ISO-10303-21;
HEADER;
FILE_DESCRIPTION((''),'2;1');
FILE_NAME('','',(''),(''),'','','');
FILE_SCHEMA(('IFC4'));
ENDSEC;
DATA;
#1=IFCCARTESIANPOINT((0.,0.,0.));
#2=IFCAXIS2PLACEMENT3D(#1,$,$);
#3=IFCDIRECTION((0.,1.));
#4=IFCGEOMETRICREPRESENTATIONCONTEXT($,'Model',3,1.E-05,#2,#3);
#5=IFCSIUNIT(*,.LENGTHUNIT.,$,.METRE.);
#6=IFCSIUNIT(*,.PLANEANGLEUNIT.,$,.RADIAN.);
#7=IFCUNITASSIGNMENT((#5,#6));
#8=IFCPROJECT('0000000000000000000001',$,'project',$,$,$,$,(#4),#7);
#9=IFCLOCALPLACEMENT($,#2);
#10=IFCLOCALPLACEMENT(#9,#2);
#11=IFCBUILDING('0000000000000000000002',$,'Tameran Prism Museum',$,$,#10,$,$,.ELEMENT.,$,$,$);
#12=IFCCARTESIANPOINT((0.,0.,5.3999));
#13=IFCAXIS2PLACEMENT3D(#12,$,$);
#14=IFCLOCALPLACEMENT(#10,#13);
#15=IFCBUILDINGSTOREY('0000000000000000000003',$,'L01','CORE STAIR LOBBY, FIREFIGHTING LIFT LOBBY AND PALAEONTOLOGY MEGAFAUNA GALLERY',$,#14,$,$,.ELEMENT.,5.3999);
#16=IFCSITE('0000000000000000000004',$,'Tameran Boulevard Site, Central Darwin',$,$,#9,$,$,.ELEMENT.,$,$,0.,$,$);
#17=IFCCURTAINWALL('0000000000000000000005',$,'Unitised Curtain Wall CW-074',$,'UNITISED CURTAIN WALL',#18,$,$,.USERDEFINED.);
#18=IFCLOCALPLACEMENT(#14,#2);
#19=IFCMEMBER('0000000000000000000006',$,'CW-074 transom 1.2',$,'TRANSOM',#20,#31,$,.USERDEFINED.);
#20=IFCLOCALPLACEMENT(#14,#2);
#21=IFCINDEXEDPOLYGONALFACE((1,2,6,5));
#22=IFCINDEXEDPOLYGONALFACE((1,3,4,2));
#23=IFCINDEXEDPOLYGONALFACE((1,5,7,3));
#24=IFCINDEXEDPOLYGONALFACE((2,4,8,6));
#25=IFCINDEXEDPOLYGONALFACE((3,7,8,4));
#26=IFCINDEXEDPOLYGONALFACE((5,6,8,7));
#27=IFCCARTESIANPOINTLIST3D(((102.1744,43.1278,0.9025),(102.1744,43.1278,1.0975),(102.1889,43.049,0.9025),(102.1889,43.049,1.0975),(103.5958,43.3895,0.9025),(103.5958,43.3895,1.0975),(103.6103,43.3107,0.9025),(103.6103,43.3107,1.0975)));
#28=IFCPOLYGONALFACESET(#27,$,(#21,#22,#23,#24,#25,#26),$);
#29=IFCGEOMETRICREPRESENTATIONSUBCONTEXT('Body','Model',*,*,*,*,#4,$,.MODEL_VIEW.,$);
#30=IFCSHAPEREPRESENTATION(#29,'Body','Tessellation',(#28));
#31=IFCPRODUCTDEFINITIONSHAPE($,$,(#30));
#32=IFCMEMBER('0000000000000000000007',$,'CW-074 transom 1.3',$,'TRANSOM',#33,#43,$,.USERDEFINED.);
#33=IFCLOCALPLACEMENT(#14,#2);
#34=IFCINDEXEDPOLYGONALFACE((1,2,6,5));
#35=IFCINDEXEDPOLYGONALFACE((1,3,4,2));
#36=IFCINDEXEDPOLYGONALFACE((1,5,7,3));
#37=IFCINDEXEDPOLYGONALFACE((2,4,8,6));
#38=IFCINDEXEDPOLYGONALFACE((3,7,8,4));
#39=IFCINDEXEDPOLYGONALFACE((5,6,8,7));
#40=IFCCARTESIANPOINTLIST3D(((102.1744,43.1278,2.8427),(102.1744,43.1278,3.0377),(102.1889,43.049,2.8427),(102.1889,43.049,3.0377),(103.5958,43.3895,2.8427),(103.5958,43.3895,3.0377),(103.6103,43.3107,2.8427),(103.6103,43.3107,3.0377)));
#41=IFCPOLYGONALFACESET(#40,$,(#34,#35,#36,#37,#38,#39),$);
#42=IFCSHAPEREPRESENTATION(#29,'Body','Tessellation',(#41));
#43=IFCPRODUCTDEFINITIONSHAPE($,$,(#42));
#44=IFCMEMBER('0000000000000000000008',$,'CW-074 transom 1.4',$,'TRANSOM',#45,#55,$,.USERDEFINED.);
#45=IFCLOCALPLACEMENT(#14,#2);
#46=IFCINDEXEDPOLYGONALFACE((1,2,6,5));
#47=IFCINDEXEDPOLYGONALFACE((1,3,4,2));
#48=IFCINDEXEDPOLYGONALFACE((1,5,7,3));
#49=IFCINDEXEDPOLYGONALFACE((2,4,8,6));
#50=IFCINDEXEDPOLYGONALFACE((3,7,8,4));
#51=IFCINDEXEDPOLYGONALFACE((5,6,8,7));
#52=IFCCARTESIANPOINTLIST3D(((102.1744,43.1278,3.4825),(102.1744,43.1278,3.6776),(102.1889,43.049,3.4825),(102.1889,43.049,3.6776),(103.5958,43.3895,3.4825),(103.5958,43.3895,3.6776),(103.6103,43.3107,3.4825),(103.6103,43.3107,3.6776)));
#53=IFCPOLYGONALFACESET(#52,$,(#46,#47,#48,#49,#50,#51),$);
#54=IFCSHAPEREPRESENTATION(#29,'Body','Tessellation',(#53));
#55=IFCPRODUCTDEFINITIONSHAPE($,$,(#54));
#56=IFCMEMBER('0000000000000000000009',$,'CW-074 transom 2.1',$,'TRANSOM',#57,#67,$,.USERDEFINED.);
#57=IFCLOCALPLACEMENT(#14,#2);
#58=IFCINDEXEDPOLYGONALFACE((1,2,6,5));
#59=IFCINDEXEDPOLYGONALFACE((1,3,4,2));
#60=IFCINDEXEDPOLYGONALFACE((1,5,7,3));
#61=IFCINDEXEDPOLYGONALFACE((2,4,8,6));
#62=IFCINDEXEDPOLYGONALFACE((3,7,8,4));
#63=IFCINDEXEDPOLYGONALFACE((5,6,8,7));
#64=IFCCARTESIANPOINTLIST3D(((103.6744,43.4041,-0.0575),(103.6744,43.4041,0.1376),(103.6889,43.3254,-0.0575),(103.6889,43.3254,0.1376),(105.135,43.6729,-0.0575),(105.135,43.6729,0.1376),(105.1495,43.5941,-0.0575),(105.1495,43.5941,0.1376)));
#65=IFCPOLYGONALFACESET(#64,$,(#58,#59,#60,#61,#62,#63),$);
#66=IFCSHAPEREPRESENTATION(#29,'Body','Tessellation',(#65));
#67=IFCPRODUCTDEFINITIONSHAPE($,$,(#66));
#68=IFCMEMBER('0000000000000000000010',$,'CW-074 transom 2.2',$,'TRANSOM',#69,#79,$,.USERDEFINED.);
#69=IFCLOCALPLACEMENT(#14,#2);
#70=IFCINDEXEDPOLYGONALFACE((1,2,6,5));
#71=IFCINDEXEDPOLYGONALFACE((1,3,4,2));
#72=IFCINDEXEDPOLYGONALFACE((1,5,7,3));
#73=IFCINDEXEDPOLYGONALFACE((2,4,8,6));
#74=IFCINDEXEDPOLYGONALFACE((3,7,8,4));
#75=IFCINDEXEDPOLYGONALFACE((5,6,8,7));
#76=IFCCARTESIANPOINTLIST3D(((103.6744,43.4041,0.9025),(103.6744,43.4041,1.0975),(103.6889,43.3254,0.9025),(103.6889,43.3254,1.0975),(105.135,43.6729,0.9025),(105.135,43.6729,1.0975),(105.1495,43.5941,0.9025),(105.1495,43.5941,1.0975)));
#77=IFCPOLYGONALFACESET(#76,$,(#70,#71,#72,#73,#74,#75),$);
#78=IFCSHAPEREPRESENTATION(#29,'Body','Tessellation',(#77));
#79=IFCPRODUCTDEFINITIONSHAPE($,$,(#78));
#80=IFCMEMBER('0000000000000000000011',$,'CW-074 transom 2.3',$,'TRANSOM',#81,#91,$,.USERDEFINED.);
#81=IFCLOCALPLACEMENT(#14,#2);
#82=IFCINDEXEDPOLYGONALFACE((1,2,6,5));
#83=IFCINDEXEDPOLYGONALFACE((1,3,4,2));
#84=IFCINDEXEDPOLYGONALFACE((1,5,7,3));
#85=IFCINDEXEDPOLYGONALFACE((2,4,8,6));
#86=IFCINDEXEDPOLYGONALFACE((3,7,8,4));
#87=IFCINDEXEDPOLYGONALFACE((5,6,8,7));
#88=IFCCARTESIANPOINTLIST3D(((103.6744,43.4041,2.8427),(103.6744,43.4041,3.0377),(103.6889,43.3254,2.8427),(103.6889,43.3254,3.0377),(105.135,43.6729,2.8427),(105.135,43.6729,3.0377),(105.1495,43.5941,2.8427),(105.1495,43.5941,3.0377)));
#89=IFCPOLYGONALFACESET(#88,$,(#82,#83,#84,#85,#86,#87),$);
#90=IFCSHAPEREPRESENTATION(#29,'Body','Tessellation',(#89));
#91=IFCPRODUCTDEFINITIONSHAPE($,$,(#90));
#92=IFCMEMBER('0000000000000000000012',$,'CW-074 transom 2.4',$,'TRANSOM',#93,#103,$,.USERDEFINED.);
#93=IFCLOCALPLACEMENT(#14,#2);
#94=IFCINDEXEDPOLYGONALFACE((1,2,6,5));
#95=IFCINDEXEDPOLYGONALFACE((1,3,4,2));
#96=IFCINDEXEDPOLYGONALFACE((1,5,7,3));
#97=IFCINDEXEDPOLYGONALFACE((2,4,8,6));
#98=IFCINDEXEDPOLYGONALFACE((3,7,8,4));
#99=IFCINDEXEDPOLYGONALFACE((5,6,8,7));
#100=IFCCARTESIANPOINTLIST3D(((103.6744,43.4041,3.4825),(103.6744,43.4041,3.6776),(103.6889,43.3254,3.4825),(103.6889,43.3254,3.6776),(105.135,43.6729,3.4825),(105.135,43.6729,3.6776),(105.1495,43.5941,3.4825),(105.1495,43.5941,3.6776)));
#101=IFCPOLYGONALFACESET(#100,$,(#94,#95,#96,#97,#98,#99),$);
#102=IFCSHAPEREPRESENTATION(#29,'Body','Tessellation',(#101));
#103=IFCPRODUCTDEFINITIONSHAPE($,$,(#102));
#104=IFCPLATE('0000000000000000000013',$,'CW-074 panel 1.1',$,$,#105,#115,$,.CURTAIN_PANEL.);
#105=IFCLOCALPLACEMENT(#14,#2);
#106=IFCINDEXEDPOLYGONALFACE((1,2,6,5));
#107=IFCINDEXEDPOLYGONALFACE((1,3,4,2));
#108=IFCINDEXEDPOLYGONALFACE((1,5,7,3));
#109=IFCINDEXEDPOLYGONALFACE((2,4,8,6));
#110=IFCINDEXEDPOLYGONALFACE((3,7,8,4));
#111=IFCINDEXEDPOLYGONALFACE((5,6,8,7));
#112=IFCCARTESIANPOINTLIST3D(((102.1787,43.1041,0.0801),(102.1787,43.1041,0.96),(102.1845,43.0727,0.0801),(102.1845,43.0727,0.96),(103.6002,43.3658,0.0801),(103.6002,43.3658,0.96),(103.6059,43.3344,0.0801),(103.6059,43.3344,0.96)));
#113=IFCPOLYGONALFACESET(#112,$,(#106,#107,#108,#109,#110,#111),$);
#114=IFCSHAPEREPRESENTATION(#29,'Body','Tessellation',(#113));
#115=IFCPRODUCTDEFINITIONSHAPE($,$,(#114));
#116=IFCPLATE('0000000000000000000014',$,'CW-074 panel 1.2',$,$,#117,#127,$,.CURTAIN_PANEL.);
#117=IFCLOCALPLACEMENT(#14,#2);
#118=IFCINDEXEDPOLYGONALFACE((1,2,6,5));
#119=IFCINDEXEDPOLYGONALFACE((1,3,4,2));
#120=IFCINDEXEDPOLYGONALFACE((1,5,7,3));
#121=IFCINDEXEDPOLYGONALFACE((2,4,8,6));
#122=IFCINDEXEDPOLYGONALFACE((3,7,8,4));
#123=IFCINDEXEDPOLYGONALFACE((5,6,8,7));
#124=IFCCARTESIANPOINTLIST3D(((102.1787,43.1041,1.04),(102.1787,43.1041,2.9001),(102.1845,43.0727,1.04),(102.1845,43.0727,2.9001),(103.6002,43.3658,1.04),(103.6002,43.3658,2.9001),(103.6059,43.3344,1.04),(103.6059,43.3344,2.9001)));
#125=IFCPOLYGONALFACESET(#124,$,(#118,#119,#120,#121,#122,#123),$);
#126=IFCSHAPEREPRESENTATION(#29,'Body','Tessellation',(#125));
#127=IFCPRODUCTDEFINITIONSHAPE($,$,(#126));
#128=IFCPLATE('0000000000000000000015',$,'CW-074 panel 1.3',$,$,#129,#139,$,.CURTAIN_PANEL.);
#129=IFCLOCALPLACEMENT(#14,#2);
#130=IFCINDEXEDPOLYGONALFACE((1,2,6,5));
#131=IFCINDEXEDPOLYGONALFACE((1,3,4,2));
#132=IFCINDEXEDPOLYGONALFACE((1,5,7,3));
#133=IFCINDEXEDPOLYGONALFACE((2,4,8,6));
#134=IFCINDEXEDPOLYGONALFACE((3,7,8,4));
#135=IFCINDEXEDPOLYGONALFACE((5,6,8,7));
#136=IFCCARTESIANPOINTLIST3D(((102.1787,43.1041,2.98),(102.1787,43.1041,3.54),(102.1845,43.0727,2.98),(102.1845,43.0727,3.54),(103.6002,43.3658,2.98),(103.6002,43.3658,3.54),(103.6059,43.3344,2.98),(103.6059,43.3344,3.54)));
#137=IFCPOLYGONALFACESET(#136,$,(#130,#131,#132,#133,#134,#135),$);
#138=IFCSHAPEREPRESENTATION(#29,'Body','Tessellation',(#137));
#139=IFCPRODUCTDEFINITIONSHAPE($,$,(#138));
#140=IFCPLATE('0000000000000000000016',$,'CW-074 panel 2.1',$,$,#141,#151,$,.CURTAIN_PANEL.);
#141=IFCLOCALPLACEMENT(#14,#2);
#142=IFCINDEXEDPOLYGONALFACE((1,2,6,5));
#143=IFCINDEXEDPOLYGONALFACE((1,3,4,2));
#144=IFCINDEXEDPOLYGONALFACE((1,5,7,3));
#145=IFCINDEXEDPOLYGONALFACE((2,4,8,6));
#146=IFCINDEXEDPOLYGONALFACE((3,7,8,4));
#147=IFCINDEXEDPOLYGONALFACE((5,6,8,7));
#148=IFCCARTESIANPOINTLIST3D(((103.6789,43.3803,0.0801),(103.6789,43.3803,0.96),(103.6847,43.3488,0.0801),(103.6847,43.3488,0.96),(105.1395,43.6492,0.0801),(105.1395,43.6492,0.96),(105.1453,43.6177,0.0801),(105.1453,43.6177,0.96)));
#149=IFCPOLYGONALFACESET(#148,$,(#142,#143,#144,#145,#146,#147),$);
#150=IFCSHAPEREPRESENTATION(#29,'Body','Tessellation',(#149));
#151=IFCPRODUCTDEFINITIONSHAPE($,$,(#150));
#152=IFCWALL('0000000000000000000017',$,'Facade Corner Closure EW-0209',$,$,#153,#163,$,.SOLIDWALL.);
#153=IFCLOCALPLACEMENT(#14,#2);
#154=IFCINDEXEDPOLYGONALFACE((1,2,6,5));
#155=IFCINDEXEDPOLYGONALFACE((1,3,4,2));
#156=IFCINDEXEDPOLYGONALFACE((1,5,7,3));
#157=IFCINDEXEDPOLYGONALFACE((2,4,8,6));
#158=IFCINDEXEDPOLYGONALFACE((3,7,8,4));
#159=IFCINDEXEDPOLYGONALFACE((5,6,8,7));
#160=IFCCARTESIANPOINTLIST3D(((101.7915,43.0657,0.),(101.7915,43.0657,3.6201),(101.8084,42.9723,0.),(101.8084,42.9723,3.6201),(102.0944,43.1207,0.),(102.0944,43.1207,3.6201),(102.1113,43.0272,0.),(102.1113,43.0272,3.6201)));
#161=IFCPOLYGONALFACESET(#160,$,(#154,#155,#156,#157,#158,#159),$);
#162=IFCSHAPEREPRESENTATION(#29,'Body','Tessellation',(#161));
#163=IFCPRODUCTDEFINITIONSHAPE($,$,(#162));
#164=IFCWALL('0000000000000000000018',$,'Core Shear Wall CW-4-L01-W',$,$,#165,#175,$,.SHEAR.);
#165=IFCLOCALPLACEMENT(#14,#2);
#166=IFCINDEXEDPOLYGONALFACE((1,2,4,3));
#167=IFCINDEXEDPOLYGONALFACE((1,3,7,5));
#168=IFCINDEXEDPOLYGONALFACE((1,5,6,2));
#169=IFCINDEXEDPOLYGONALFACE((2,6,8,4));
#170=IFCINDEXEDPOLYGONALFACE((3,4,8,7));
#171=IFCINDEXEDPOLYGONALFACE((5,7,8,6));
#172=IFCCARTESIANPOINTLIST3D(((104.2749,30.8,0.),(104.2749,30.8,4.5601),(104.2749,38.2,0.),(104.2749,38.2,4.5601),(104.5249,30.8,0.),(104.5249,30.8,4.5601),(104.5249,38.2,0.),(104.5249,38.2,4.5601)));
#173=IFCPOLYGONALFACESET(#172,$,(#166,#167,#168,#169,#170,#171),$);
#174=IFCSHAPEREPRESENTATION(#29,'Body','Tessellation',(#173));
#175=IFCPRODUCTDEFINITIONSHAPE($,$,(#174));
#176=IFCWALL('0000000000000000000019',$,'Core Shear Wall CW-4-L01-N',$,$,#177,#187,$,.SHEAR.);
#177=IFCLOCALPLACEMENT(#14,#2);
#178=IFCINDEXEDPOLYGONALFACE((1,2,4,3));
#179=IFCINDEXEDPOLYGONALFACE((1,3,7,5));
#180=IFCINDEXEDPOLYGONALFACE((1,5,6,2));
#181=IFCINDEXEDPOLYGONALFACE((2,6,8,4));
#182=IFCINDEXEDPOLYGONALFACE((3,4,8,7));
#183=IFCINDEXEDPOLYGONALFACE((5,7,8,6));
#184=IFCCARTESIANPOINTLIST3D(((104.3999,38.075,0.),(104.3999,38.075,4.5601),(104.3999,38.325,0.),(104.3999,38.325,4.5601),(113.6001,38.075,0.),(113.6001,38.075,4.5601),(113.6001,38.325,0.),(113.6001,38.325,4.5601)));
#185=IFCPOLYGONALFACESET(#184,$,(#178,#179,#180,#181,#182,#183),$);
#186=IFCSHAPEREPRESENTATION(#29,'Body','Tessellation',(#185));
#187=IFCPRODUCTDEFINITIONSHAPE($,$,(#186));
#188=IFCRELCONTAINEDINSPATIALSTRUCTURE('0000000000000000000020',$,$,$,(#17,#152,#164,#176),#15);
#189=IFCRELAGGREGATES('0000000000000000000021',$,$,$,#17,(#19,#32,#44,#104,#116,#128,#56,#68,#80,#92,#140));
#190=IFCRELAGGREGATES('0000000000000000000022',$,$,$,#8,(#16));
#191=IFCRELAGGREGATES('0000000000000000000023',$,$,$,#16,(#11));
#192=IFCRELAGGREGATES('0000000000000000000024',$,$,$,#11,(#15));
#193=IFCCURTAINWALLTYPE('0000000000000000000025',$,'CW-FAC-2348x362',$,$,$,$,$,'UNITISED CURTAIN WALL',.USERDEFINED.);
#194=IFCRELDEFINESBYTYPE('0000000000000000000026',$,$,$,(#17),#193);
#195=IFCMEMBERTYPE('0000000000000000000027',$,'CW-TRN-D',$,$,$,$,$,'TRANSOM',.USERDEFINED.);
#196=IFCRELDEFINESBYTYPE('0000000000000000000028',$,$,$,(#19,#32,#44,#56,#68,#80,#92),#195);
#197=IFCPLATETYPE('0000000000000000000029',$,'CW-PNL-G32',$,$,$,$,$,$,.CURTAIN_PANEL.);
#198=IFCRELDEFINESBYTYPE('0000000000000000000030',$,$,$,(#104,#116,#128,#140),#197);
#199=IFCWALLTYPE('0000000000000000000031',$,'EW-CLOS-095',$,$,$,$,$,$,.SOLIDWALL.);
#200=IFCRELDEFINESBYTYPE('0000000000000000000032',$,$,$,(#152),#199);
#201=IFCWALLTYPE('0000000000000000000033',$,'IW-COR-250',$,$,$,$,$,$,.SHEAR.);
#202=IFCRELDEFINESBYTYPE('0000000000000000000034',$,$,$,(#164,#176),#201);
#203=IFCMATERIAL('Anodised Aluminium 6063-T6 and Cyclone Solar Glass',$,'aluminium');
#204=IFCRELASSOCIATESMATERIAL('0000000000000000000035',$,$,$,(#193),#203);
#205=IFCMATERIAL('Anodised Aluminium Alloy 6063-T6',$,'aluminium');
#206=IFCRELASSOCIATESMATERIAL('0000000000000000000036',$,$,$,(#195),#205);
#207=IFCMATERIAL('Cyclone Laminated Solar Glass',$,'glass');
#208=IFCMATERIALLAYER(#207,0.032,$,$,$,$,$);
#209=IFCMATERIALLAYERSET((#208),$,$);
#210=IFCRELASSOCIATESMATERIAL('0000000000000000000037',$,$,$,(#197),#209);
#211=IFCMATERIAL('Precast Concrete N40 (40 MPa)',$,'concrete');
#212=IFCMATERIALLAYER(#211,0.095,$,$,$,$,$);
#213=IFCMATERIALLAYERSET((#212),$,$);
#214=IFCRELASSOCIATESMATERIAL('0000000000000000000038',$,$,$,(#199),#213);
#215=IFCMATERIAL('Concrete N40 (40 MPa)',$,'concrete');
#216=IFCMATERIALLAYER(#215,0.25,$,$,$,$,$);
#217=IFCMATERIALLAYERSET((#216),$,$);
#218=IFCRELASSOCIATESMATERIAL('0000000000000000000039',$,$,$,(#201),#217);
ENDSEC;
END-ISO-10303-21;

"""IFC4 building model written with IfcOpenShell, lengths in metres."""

from ifc_helpers import new_model, si_unit, direction, frame, frame_2d, origin, origin_2d, place, context, subcontext, project, spatial, rectangle, extrude, material, layer, layer_set, material_profile, profile_set, type_object, element, aggregate, save


model = new_model("IFC4")

# Units and contexts
model_context = context("Model", 3, precision=1e-05, world=origin(), true_north=direction((0.0, 1.0)))
body_context = subcontext(model_context, "Body", "Model", "MODEL_VIEW")
ifc_project = project(units=[si_unit("LENGTHUNIT", "METRE"), si_unit("PLANEANGLEUNIT", "RADIAN")], contexts=[model_context])

# Site, building, storey
site_placement = place(None, origin())
site = spatial("IfcSite", under=ifc_project, at=site_placement, Name="Tameran Boulevard Site, Central Darwin", CompositionType="ELEMENT", RefElevation=0.0)
building_placement = place(site_placement, origin())
building = spatial("IfcBuilding", under=site, at=building_placement, Name="Tameran Prism Museum", CompositionType="ELEMENT")
storey_placement = place(building_placement, frame((0.0, 0.0, 5.3999)))
storey = spatial("IfcBuildingStorey", under=building, at=storey_placement, Name="L01", Description="CORE STAIR LOBBY, FIREFIGHTING LIFT LOBBY AND PALAEONTOLOGY MEGAFAUNA GALLERY", CompositionType="ELEMENT", Elevation=5.3999)

# Curtain wall, members, plates
ifc_material_1 = material(Name="Anodised Aluminium 6063-T6 and Cyclone Solar Glass", Category="aluminium")
curtain_wall_type = type_object("IfcCurtainWallType", Name="CW-FAC-2348x362", ElementType="UNITISED CURTAIN WALL", PredefinedType="USERDEFINED", material=ifc_material_1)
curtain_wall_placement = place(storey_placement, origin())
curtain_wall = element("IfcCurtainWall", 1, at=curtain_wall_placement, inside=storey, type_object=curtain_wall_type, Name="Unitised Curtain Wall CW-074", ObjectType="UNITISED CURTAIN WALL", PredefinedType="USERDEFINED")
ifc_material_2 = material(Name="Anodised Aluminium Alloy 6063-T6", Category="aluminium")
ifc_material_profile_1 = material_profile(ifc_material_2, rectangle(XDim=0.0801, YDim=0.1951, at=origin_2d()))
ifc_profile_set_1 = profile_set([ifc_material_profile_1])
member_type_1 = type_object("IfcMemberType", Name="CW-TRN-D", ElementType="TRANSOM", PredefinedType="USERDEFINED", material=ifc_profile_set_1)
member_1_placement = place(storey_placement, frame((102.1816, 43.0884, 1.0), z_axis=(0.983467, 0.181085, 0.0), x_axis=(-0.181085, 0.983467, 0.0)))
member_1 = element("IfcMember", 2, at=member_1_placement, type_object=member_type_1, Name="CW-074 transom 1.2", ObjectType="TRANSOM", PredefinedType="USERDEFINED", context=body_context, shape_type="SweptSolid", body=[
    extrude(rectangle(XDim=0.0801, YDim=0.1951, at=origin_2d()), origin(), (0.0, 0.0, 1.0), 1.4453),
])
member_2_placement = place(storey_placement, frame((102.1816, 43.0884, 2.9402), z_axis=(0.983467, 0.181085, 0.0), x_axis=(-0.181085, 0.983467, 0.0)))
member_2 = element("IfcMember", 3, at=member_2_placement, type_object=member_type_1, Name="CW-074 transom 1.3", ObjectType="TRANSOM", PredefinedType="USERDEFINED", context=body_context, shape_type="SweptSolid", body=[
    extrude(rectangle(XDim=0.0801, YDim=0.1951, at=origin_2d()), origin(), (0.0, 0.0, 1.0), 1.4453),
])
member_3_placement = place(storey_placement, frame((102.1816, 43.0884, 3.5801), z_axis=(0.983467, 0.181085, 0.0), x_axis=(-0.181085, 0.983467, 0.0)))
member_3 = element("IfcMember", 4, at=member_3_placement, type_object=member_type_1, Name="CW-074 transom 1.4", ObjectType="TRANSOM", PredefinedType="USERDEFINED", context=body_context, shape_type="SweptSolid", body=[
    extrude(rectangle(XDim=0.0801, YDim=0.1951, at=origin_2d()), origin(), (0.0, 0.0, 1.0), 1.4453),
])
member_4_placement = place(storey_placement, frame((103.6816, 43.3647, 0.04), z_axis=(0.983486, 0.180983, 0.0), x_axis=(-0.180983, 0.983486, 0.0)))
member_4 = element("IfcMember", 5, at=member_4_placement, type_object=member_type_1, Name="CW-074 transom 2.1", ObjectType="TRANSOM", PredefinedType="USERDEFINED", context=body_context, shape_type="SweptSolid", body=[
    extrude(rectangle(XDim=0.0801, YDim=0.1951, at=origin_2d()), origin(), (0.0, 0.0, 1.0), 1.4851),
])
member_5_placement = place(storey_placement, frame((103.6816, 43.3647, 1.0), z_axis=(0.983486, 0.180983, 0.0), x_axis=(-0.180983, 0.983486, 0.0)))
member_5 = element("IfcMember", 6, at=member_5_placement, type_object=member_type_1, Name="CW-074 transom 2.2", ObjectType="TRANSOM", PredefinedType="USERDEFINED", context=body_context, shape_type="SweptSolid", body=[
    extrude(rectangle(XDim=0.0801, YDim=0.1951, at=origin_2d()), origin(), (0.0, 0.0, 1.0), 1.4851),
])
member_6_placement = place(storey_placement, frame((103.6816, 43.3647, 2.9402), z_axis=(0.983486, 0.180983, 0.0), x_axis=(-0.180983, 0.983486, 0.0)))
member_6 = element("IfcMember", 7, at=member_6_placement, type_object=member_type_1, Name="CW-074 transom 2.3", ObjectType="TRANSOM", PredefinedType="USERDEFINED", context=body_context, shape_type="SweptSolid", body=[
    extrude(rectangle(XDim=0.0801, YDim=0.1951, at=origin_2d()), origin(), (0.0, 0.0, 1.0), 1.4851),
])
member_7_placement = place(storey_placement, frame((103.6816, 43.3647, 3.5801), z_axis=(0.983486, 0.180983, 0.0), x_axis=(-0.180983, 0.983486, 0.0)))
member_7 = element("IfcMember", 8, at=member_7_placement, type_object=member_type_1, Name="CW-074 transom 2.4", ObjectType="TRANSOM", PredefinedType="USERDEFINED", context=body_context, shape_type="SweptSolid", body=[
    extrude(rectangle(XDim=0.0801, YDim=0.1951, at=origin_2d()), origin(), (0.0, 0.0, 1.0), 1.4851),
])
ifc_material_3 = material(Name="Cyclone Laminated Solar Glass", Category="glass")
ifc_layer_1 = layer(ifc_material_3, 0.032)
ifc_layer_set_1 = layer_set([ifc_layer_1])
plate_type = type_object("IfcPlateType", Name="CW-PNL-G32", PredefinedType="CURTAIN_PANEL", material=ifc_layer_set_1)
plate_1_placement = place(storey_placement, frame((102.8923, 43.2192, 0.0801), z_axis=(0.0, 0.0, 1.0), x_axis=(0.983472, 0.181063, 0.0)))
plate_1 = element("IfcPlate", 9, at=plate_1_placement, type_object=plate_type, Name="CW-074 panel 1.1", PredefinedType="CURTAIN_PANEL", context=body_context, shape_type="SweptSolid", body=[
    extrude(rectangle(XDim=1.4453, YDim=0.032, at=origin_2d()), origin(), (0.0, 0.0, 1.0), 0.8799),
])
plate_2_placement = place(storey_placement, frame((102.8923, 43.2192, 1.04), z_axis=(0.0, 0.0, 1.0), x_axis=(0.983472, 0.181063, 0.0)))
plate_2 = element("IfcPlate", 10, at=plate_2_placement, type_object=plate_type, Name="CW-074 panel 1.2", PredefinedType="CURTAIN_PANEL", context=body_context, shape_type="SweptSolid", body=[
    extrude(rectangle(XDim=1.4453, YDim=0.032, at=origin_2d()), origin(), (0.0, 0.0, 1.0), 1.8601),
])
plate_3_placement = place(storey_placement, frame((102.8923, 43.2192, 2.98), z_axis=(0.0, 0.0, 1.0), x_axis=(0.983472, 0.181063, 0.0)))
plate_3 = element("IfcPlate", 11, at=plate_3_placement, type_object=plate_type, Name="CW-074 panel 1.3", PredefinedType="CURTAIN_PANEL", context=body_context, shape_type="SweptSolid", body=[
    extrude(rectangle(XDim=1.4453, YDim=0.032, at=origin_2d()), origin(), (0.0, 0.0, 1.0), 0.5601),
])
plate_4_placement = place(storey_placement, frame((104.4121, 43.499, 0.0801), z_axis=(0.0, 0.0, 1.0), x_axis=(0.983472, 0.181063, 0.0)))
plate_4 = element("IfcPlate", 12, at=plate_4_placement, type_object=plate_type, Name="CW-074 panel 2.1", PredefinedType="CURTAIN_PANEL", context=body_context, shape_type="SweptSolid", body=[
    extrude(rectangle(XDim=1.4851, YDim=0.032, at=origin_2d()), origin(), (0.0, 0.0, 1.0), 0.8799),
])
aggregate(curtain_wall, [member_1, member_2, member_3, plate_1, plate_2, plate_3, member_4, member_5, member_6, member_7, plate_4])

# Walls
ifc_material_4 = material(Name="Precast Concrete N40 (40 MPa)", Category="concrete")
ifc_layer_2 = layer(ifc_material_4, 0.095)
ifc_layer_set_2 = layer_set([ifc_layer_2])
wall_type_1 = type_object("IfcWallType", Name="EW-CLOS-095", PredefinedType="SOLIDWALL", material=ifc_layer_set_2)
wall_1_placement = place(storey_placement, frame((101.8, 43.019, 0.0), z_axis=(0.0, 0.0, 1.0), x_axis=(0.983959, 0.178397, 0.0)))
element("IfcWall", 13, at=wall_1_placement, inside=storey, type_object=wall_type_1, Name="Facade Corner Closure EW-0209", PredefinedType="SOLIDWALL", context=body_context, shape_type="SweptSolid", body=[
    extrude(rectangle(XDim=0.3079, YDim=0.095, at=frame_2d((0.1538, 0.0))), origin(), (0.0, 0.0, 1.0), 3.6201),
])
ifc_material_5 = material(Name="Concrete N40 (40 MPa)", Category="concrete")
ifc_layer_3 = layer(ifc_material_5, 0.25)
ifc_layer_set_3 = layer_set([ifc_layer_3])
wall_type_2 = type_object("IfcWallType", Name="IW-COR-250", PredefinedType="SHEAR", material=ifc_layer_set_3)
wall_2_placement = place(storey_placement, frame((104.3999, 30.8, 0.0), z_axis=(0.0, 0.0, 1.0), x_axis=(0.0, 1.0, 0.0)))
element("IfcWall", 14, at=wall_2_placement, inside=storey, type_object=wall_type_2, Name="Core Shear Wall CW-4-L01-W", PredefinedType="SHEAR", context=body_context, shape_type="SweptSolid", body=[
    extrude(rectangle(XDim=7.3999, YDim=0.25, at=frame_2d((3.7, 0.0))), origin(), (0.0, 0.0, 1.0), 4.5601),
])
wall_3_placement = place(storey_placement, frame((104.3999, 38.2, 0.0), z_axis=(0.0, 0.0, 1.0), x_axis=(1.0, 0.0, 0.0)))
element("IfcWall", 15, at=wall_3_placement, inside=storey, type_object=wall_type_2, Name="Core Shear Wall CW-4-L01-N", PredefinedType="SHEAR", context=body_context, shape_type="SweptSolid", body=[
    extrude(rectangle(XDim=9.2002, YDim=0.25, at=frame_2d((4.6001, 0.0))), origin(), (0.0, 0.0, 1.0), 4.5601),
])

save(model, "model.ifc")
